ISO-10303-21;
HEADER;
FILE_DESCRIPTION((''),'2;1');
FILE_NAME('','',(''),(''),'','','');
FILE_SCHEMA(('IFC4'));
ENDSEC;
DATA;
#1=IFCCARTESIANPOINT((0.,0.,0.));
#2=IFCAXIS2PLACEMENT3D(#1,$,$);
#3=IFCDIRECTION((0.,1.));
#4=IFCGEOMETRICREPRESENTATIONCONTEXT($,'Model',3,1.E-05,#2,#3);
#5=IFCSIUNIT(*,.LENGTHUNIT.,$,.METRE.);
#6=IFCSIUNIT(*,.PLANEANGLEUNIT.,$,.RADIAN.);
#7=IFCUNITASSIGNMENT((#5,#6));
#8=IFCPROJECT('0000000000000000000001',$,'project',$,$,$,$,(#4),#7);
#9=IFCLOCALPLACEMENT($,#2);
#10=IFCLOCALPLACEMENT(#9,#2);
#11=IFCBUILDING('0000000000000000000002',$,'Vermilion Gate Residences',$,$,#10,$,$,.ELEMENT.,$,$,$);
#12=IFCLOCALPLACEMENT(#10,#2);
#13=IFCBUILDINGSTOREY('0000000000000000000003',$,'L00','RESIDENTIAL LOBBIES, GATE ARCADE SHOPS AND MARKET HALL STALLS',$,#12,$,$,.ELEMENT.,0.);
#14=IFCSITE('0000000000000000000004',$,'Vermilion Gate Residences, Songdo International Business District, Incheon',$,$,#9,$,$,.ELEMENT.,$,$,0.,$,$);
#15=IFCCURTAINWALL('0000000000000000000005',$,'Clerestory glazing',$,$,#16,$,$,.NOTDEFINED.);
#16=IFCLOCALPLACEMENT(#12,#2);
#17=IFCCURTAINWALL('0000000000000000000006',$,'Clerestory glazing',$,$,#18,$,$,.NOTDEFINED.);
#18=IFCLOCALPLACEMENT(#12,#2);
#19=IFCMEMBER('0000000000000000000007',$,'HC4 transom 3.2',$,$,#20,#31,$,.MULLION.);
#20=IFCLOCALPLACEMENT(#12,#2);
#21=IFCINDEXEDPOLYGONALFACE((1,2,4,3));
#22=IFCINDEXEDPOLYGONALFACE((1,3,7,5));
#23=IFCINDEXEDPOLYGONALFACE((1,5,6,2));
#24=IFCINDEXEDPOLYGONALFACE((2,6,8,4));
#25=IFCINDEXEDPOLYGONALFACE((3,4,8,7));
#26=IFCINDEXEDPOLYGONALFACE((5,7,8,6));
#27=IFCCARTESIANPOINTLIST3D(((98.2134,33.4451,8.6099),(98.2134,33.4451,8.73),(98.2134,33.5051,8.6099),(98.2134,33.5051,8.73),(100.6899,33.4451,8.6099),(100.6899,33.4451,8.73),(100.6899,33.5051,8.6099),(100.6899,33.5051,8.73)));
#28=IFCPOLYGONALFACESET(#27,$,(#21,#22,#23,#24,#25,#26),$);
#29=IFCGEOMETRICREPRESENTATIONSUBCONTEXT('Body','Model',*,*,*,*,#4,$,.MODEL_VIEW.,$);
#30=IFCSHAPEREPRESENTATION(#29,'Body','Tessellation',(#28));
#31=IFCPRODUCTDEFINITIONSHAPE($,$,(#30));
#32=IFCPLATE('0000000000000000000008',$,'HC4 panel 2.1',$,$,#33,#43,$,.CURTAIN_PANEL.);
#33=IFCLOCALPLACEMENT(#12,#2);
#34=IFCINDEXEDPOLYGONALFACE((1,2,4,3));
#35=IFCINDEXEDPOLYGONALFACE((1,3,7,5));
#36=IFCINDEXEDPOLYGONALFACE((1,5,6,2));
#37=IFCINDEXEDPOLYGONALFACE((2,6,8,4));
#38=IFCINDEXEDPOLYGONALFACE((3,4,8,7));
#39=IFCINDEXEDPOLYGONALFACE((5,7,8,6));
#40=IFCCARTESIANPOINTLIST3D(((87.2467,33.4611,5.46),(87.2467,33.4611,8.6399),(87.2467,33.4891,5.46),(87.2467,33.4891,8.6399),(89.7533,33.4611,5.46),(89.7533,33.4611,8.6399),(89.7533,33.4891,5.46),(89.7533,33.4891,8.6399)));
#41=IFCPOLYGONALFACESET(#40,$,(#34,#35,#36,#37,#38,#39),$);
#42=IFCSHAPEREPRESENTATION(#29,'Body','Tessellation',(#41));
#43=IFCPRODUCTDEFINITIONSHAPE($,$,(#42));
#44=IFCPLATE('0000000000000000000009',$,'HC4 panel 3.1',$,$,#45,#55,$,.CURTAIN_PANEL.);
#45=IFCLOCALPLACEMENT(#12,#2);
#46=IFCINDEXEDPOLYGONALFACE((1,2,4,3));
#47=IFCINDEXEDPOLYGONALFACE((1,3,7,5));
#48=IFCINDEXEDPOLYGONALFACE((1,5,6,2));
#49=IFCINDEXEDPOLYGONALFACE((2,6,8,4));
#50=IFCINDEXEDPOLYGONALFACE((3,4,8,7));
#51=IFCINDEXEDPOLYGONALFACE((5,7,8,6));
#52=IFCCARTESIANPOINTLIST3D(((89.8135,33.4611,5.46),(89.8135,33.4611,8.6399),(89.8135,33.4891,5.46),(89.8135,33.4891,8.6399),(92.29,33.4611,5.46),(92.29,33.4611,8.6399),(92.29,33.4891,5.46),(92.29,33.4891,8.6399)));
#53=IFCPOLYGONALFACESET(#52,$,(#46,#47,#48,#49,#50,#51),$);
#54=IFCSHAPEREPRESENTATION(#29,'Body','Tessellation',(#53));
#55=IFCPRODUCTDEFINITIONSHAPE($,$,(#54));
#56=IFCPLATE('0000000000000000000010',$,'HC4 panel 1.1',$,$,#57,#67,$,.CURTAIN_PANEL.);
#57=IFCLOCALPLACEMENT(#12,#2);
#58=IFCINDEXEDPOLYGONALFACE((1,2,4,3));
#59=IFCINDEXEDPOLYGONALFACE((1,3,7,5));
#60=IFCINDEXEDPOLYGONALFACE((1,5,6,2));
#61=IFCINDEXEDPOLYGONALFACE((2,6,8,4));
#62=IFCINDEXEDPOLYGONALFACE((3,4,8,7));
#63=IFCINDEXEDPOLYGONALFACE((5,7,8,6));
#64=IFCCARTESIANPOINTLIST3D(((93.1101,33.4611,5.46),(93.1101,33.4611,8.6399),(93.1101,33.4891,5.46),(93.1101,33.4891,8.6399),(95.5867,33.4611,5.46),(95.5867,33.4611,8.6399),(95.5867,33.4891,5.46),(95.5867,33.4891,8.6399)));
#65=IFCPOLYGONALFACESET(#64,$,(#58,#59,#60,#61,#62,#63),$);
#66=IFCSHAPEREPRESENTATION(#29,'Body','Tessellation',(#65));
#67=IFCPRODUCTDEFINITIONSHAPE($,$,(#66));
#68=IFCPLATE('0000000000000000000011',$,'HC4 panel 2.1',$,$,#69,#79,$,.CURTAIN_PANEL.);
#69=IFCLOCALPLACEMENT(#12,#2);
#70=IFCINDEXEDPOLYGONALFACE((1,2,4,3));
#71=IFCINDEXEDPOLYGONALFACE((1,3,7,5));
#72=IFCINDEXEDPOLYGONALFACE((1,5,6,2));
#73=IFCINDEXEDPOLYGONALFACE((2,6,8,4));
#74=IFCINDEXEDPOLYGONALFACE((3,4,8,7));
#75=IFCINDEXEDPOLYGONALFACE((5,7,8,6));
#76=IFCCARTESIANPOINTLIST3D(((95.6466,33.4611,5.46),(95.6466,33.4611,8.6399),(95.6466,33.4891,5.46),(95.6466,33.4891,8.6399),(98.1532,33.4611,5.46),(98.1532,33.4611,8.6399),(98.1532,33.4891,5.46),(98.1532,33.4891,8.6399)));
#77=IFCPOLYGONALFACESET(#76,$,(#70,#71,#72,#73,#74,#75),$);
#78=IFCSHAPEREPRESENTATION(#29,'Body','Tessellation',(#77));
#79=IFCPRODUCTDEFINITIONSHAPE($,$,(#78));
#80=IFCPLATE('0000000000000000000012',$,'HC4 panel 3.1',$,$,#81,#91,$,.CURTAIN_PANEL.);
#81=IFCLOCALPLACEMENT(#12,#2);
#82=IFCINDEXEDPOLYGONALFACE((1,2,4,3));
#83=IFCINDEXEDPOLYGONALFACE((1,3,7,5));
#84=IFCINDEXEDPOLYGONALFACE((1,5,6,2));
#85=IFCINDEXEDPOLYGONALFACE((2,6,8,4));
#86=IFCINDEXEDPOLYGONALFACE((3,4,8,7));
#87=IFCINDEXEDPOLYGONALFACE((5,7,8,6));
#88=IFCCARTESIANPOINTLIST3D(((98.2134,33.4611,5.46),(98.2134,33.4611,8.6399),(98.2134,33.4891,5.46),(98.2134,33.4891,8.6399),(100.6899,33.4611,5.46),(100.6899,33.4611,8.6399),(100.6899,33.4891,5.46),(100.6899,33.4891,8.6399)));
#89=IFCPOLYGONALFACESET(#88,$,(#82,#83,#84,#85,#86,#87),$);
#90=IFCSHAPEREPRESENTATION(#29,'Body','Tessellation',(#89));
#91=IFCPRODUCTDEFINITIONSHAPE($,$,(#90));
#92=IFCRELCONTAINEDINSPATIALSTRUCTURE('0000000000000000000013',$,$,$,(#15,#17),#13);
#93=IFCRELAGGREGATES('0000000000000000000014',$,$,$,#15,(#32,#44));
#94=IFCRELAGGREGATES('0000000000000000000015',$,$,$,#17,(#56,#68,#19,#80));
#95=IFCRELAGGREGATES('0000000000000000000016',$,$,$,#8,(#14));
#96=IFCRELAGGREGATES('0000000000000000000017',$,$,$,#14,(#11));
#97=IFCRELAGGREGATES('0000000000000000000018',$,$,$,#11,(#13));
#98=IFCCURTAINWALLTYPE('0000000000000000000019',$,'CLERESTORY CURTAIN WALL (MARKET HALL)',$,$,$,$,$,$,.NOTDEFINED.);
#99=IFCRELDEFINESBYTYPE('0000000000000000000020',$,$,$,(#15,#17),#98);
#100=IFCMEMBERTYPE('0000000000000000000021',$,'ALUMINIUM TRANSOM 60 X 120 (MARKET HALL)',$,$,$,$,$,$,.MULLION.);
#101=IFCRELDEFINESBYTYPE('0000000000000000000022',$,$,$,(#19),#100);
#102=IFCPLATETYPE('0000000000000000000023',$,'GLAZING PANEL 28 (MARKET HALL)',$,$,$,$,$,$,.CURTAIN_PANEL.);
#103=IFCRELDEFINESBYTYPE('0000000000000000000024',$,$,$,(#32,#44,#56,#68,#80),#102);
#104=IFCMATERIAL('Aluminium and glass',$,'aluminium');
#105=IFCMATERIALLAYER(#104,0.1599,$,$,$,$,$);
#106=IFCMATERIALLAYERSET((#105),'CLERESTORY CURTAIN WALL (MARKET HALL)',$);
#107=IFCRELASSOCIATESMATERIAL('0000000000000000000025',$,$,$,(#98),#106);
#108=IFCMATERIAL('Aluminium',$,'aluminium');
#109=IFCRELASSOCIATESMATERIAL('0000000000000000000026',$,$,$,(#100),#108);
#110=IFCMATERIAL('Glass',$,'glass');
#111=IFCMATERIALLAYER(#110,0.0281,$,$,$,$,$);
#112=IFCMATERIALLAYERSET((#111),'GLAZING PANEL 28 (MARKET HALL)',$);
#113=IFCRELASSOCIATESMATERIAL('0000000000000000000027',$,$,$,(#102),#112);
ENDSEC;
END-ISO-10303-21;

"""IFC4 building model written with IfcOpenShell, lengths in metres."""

from ifc_helpers import new_model, si_unit, direction, frame, origin, origin_2d, place, context, subcontext, project, spatial, rectangle, extrude, material, layer, layer_set, material_profile, profile_set, type_object, element, aggregate, save


model = new_model("IFC4")

# Units and contexts
model_context = context("Model", 3, precision=1e-05, world=origin(), true_north=direction((0.0, 1.0)))
body_context = subcontext(model_context, "Body", "Model", "MODEL_VIEW")
ifc_project = project(units=[si_unit("LENGTHUNIT", "METRE"), si_unit("PLANEANGLEUNIT", "RADIAN")], contexts=[model_context])

# Site, building, storey
site_placement = place(None, origin())
site = spatial("IfcSite", under=ifc_project, at=site_placement, Name="Vermilion Gate Residences, Songdo International Business District, Incheon", CompositionType="ELEMENT", RefElevation=0.0)
building_placement = place(site_placement, origin())
building = spatial("IfcBuilding", under=site, at=building_placement, Name="Vermilion Gate Residences", CompositionType="ELEMENT")
storey_placement = place(building_placement, origin())
storey = spatial("IfcBuildingStorey", under=building, at=storey_placement, Name="L00", Description="RESIDENTIAL LOBBIES, GATE ARCADE SHOPS AND MARKET HALL STALLS", CompositionType="ELEMENT", Elevation=0.0)

# Curtain walls
ifc_material_1 = material(Name="Aluminium and glass", Category="aluminium")
ifc_layer_1 = layer(ifc_material_1, 0.1599)
ifc_layer_set_1 = layer_set([ifc_layer_1], Name="CLERESTORY CURTAIN WALL (MARKET HALL)")
curtain_wall_type = type_object("IfcCurtainWallType", Name="CLERESTORY CURTAIN WALL (MARKET HALL)", PredefinedType="NOTDEFINED", material=ifc_layer_set_1)
curtain_wall_1_placement = place(storey_placement, origin())
curtain_wall_1 = element("IfcCurtainWall", 1, at=curtain_wall_1_placement, inside=storey, type_object=curtain_wall_type, Name="Clerestory glazing", PredefinedType="NOTDEFINED")
curtain_wall_2_placement = place(storey_placement, origin())
curtain_wall_2 = element("IfcCurtainWall", 2, at=curtain_wall_2_placement, inside=storey, type_object=curtain_wall_type, Name="Clerestory glazing", PredefinedType="NOTDEFINED")

# Member
ifc_material_2 = material(Name="Aluminium", Category="aluminium")
ifc_material_profile_1 = material_profile(ifc_material_2, rectangle(XDim=0.0601, YDim=0.1201, at=origin_2d()), Name="ALUMINIUM TRANSOM 60 X 120 (MARKET HALL)")
ifc_profile_set_1 = profile_set([ifc_material_profile_1], Name="Aluminium")
member_type_1 = type_object("IfcMemberType", Name="ALUMINIUM TRANSOM 60 X 120 (MARKET HALL)", PredefinedType="MULLION", material=ifc_profile_set_1)
member_1_placement = place(storey_placement, frame((98.2134, 33.4751, 8.6699), z_axis=(1.0, 0.0, 0.0), x_axis=(0.0, 1.0, 0.0)))
member_1 = element("IfcMember", 3, at=member_1_placement, type_object=member_type_1, Name="HC4 transom 3.2", PredefinedType="MULLION", context=body_context, shape_type="SweptSolid", body=[
    extrude(rectangle(XDim=0.0601, YDim=0.1201, at=origin_2d()), origin(), (0.0, 0.0, 1.0), 2.4766),
])

# Plates
ifc_material_3 = material(Name="Glass", Category="glass")
ifc_layer_2 = layer(ifc_material_3, 0.0281)
ifc_layer_set_2 = layer_set([ifc_layer_2], Name="GLAZING PANEL 28 (MARKET HALL)")
plate_type = type_object("IfcPlateType", Name="GLAZING PANEL 28 (MARKET HALL)", PredefinedType="CURTAIN_PANEL", material=ifc_layer_set_2)
plate_1_placement = place(storey_placement, frame((88.5, 33.4751, 5.46), z_axis=(0.0, 0.0, 1.0), x_axis=(1.0, 0.0, 0.0)))
plate_1 = element("IfcPlate", 4, at=plate_1_placement, type_object=plate_type, Name="HC4 panel 2.1", PredefinedType="CURTAIN_PANEL", context=body_context, shape_type="SweptSolid", body=[
    extrude(rectangle(XDim=2.5066, YDim=0.0281, at=origin_2d()), origin(), (0.0, 0.0, 1.0), 3.1799),
])
plate_2_placement = place(storey_placement, frame((91.0518, 33.4751, 5.46), z_axis=(0.0, 0.0, 1.0), x_axis=(1.0, 0.0, 0.0)))
plate_2 = element("IfcPlate", 5, at=plate_2_placement, type_object=plate_type, Name="HC4 panel 3.1", PredefinedType="CURTAIN_PANEL", context=body_context, shape_type="SweptSolid", body=[
    extrude(rectangle(XDim=2.4766, YDim=0.0281, at=origin_2d()), origin(), (0.0, 0.0, 1.0), 3.1799),
])
aggregate(curtain_wall_1, [plate_1, plate_2])
plate_3_placement = place(storey_placement, frame((94.3484, 33.4751, 5.46), z_axis=(0.0, 0.0, 1.0), x_axis=(1.0, 0.0, 0.0)))
plate_3 = element("IfcPlate", 6, at=plate_3_placement, type_object=plate_type, Name="HC4 panel 1.1", PredefinedType="CURTAIN_PANEL", context=body_context, shape_type="SweptSolid", body=[
    extrude(rectangle(XDim=2.4766, YDim=0.0281, at=origin_2d()), origin(), (0.0, 0.0, 1.0), 3.1799),
])
plate_4_placement = place(storey_placement, frame((96.8999, 33.4751, 5.46), z_axis=(0.0, 0.0, 1.0), x_axis=(1.0, 0.0, 0.0)))
plate_4 = element("IfcPlate", 7, at=plate_4_placement, type_object=plate_type, Name="HC4 panel 2.1", PredefinedType="CURTAIN_PANEL", context=body_context, shape_type="SweptSolid", body=[
    extrude(rectangle(XDim=2.5066, YDim=0.0281, at=origin_2d()), origin(), (0.0, 0.0, 1.0), 3.1799),
])
plate_5_placement = place(storey_placement, frame((99.4517, 33.4751, 5.46), z_axis=(0.0, 0.0, 1.0), x_axis=(1.0, 0.0, 0.0)))
plate_5 = element("IfcPlate", 8, at=plate_5_placement, type_object=plate_type, Name="HC4 panel 3.1", PredefinedType="CURTAIN_PANEL", context=body_context, shape_type="SweptSolid", body=[
    extrude(rectangle(XDim=2.4766, YDim=0.0281, at=origin_2d()), origin(), (0.0, 0.0, 1.0), 3.1799),
])
aggregate(curtain_wall_2, [plate_3, plate_4, member_1, plate_5])

save(model, "model.ifc")
